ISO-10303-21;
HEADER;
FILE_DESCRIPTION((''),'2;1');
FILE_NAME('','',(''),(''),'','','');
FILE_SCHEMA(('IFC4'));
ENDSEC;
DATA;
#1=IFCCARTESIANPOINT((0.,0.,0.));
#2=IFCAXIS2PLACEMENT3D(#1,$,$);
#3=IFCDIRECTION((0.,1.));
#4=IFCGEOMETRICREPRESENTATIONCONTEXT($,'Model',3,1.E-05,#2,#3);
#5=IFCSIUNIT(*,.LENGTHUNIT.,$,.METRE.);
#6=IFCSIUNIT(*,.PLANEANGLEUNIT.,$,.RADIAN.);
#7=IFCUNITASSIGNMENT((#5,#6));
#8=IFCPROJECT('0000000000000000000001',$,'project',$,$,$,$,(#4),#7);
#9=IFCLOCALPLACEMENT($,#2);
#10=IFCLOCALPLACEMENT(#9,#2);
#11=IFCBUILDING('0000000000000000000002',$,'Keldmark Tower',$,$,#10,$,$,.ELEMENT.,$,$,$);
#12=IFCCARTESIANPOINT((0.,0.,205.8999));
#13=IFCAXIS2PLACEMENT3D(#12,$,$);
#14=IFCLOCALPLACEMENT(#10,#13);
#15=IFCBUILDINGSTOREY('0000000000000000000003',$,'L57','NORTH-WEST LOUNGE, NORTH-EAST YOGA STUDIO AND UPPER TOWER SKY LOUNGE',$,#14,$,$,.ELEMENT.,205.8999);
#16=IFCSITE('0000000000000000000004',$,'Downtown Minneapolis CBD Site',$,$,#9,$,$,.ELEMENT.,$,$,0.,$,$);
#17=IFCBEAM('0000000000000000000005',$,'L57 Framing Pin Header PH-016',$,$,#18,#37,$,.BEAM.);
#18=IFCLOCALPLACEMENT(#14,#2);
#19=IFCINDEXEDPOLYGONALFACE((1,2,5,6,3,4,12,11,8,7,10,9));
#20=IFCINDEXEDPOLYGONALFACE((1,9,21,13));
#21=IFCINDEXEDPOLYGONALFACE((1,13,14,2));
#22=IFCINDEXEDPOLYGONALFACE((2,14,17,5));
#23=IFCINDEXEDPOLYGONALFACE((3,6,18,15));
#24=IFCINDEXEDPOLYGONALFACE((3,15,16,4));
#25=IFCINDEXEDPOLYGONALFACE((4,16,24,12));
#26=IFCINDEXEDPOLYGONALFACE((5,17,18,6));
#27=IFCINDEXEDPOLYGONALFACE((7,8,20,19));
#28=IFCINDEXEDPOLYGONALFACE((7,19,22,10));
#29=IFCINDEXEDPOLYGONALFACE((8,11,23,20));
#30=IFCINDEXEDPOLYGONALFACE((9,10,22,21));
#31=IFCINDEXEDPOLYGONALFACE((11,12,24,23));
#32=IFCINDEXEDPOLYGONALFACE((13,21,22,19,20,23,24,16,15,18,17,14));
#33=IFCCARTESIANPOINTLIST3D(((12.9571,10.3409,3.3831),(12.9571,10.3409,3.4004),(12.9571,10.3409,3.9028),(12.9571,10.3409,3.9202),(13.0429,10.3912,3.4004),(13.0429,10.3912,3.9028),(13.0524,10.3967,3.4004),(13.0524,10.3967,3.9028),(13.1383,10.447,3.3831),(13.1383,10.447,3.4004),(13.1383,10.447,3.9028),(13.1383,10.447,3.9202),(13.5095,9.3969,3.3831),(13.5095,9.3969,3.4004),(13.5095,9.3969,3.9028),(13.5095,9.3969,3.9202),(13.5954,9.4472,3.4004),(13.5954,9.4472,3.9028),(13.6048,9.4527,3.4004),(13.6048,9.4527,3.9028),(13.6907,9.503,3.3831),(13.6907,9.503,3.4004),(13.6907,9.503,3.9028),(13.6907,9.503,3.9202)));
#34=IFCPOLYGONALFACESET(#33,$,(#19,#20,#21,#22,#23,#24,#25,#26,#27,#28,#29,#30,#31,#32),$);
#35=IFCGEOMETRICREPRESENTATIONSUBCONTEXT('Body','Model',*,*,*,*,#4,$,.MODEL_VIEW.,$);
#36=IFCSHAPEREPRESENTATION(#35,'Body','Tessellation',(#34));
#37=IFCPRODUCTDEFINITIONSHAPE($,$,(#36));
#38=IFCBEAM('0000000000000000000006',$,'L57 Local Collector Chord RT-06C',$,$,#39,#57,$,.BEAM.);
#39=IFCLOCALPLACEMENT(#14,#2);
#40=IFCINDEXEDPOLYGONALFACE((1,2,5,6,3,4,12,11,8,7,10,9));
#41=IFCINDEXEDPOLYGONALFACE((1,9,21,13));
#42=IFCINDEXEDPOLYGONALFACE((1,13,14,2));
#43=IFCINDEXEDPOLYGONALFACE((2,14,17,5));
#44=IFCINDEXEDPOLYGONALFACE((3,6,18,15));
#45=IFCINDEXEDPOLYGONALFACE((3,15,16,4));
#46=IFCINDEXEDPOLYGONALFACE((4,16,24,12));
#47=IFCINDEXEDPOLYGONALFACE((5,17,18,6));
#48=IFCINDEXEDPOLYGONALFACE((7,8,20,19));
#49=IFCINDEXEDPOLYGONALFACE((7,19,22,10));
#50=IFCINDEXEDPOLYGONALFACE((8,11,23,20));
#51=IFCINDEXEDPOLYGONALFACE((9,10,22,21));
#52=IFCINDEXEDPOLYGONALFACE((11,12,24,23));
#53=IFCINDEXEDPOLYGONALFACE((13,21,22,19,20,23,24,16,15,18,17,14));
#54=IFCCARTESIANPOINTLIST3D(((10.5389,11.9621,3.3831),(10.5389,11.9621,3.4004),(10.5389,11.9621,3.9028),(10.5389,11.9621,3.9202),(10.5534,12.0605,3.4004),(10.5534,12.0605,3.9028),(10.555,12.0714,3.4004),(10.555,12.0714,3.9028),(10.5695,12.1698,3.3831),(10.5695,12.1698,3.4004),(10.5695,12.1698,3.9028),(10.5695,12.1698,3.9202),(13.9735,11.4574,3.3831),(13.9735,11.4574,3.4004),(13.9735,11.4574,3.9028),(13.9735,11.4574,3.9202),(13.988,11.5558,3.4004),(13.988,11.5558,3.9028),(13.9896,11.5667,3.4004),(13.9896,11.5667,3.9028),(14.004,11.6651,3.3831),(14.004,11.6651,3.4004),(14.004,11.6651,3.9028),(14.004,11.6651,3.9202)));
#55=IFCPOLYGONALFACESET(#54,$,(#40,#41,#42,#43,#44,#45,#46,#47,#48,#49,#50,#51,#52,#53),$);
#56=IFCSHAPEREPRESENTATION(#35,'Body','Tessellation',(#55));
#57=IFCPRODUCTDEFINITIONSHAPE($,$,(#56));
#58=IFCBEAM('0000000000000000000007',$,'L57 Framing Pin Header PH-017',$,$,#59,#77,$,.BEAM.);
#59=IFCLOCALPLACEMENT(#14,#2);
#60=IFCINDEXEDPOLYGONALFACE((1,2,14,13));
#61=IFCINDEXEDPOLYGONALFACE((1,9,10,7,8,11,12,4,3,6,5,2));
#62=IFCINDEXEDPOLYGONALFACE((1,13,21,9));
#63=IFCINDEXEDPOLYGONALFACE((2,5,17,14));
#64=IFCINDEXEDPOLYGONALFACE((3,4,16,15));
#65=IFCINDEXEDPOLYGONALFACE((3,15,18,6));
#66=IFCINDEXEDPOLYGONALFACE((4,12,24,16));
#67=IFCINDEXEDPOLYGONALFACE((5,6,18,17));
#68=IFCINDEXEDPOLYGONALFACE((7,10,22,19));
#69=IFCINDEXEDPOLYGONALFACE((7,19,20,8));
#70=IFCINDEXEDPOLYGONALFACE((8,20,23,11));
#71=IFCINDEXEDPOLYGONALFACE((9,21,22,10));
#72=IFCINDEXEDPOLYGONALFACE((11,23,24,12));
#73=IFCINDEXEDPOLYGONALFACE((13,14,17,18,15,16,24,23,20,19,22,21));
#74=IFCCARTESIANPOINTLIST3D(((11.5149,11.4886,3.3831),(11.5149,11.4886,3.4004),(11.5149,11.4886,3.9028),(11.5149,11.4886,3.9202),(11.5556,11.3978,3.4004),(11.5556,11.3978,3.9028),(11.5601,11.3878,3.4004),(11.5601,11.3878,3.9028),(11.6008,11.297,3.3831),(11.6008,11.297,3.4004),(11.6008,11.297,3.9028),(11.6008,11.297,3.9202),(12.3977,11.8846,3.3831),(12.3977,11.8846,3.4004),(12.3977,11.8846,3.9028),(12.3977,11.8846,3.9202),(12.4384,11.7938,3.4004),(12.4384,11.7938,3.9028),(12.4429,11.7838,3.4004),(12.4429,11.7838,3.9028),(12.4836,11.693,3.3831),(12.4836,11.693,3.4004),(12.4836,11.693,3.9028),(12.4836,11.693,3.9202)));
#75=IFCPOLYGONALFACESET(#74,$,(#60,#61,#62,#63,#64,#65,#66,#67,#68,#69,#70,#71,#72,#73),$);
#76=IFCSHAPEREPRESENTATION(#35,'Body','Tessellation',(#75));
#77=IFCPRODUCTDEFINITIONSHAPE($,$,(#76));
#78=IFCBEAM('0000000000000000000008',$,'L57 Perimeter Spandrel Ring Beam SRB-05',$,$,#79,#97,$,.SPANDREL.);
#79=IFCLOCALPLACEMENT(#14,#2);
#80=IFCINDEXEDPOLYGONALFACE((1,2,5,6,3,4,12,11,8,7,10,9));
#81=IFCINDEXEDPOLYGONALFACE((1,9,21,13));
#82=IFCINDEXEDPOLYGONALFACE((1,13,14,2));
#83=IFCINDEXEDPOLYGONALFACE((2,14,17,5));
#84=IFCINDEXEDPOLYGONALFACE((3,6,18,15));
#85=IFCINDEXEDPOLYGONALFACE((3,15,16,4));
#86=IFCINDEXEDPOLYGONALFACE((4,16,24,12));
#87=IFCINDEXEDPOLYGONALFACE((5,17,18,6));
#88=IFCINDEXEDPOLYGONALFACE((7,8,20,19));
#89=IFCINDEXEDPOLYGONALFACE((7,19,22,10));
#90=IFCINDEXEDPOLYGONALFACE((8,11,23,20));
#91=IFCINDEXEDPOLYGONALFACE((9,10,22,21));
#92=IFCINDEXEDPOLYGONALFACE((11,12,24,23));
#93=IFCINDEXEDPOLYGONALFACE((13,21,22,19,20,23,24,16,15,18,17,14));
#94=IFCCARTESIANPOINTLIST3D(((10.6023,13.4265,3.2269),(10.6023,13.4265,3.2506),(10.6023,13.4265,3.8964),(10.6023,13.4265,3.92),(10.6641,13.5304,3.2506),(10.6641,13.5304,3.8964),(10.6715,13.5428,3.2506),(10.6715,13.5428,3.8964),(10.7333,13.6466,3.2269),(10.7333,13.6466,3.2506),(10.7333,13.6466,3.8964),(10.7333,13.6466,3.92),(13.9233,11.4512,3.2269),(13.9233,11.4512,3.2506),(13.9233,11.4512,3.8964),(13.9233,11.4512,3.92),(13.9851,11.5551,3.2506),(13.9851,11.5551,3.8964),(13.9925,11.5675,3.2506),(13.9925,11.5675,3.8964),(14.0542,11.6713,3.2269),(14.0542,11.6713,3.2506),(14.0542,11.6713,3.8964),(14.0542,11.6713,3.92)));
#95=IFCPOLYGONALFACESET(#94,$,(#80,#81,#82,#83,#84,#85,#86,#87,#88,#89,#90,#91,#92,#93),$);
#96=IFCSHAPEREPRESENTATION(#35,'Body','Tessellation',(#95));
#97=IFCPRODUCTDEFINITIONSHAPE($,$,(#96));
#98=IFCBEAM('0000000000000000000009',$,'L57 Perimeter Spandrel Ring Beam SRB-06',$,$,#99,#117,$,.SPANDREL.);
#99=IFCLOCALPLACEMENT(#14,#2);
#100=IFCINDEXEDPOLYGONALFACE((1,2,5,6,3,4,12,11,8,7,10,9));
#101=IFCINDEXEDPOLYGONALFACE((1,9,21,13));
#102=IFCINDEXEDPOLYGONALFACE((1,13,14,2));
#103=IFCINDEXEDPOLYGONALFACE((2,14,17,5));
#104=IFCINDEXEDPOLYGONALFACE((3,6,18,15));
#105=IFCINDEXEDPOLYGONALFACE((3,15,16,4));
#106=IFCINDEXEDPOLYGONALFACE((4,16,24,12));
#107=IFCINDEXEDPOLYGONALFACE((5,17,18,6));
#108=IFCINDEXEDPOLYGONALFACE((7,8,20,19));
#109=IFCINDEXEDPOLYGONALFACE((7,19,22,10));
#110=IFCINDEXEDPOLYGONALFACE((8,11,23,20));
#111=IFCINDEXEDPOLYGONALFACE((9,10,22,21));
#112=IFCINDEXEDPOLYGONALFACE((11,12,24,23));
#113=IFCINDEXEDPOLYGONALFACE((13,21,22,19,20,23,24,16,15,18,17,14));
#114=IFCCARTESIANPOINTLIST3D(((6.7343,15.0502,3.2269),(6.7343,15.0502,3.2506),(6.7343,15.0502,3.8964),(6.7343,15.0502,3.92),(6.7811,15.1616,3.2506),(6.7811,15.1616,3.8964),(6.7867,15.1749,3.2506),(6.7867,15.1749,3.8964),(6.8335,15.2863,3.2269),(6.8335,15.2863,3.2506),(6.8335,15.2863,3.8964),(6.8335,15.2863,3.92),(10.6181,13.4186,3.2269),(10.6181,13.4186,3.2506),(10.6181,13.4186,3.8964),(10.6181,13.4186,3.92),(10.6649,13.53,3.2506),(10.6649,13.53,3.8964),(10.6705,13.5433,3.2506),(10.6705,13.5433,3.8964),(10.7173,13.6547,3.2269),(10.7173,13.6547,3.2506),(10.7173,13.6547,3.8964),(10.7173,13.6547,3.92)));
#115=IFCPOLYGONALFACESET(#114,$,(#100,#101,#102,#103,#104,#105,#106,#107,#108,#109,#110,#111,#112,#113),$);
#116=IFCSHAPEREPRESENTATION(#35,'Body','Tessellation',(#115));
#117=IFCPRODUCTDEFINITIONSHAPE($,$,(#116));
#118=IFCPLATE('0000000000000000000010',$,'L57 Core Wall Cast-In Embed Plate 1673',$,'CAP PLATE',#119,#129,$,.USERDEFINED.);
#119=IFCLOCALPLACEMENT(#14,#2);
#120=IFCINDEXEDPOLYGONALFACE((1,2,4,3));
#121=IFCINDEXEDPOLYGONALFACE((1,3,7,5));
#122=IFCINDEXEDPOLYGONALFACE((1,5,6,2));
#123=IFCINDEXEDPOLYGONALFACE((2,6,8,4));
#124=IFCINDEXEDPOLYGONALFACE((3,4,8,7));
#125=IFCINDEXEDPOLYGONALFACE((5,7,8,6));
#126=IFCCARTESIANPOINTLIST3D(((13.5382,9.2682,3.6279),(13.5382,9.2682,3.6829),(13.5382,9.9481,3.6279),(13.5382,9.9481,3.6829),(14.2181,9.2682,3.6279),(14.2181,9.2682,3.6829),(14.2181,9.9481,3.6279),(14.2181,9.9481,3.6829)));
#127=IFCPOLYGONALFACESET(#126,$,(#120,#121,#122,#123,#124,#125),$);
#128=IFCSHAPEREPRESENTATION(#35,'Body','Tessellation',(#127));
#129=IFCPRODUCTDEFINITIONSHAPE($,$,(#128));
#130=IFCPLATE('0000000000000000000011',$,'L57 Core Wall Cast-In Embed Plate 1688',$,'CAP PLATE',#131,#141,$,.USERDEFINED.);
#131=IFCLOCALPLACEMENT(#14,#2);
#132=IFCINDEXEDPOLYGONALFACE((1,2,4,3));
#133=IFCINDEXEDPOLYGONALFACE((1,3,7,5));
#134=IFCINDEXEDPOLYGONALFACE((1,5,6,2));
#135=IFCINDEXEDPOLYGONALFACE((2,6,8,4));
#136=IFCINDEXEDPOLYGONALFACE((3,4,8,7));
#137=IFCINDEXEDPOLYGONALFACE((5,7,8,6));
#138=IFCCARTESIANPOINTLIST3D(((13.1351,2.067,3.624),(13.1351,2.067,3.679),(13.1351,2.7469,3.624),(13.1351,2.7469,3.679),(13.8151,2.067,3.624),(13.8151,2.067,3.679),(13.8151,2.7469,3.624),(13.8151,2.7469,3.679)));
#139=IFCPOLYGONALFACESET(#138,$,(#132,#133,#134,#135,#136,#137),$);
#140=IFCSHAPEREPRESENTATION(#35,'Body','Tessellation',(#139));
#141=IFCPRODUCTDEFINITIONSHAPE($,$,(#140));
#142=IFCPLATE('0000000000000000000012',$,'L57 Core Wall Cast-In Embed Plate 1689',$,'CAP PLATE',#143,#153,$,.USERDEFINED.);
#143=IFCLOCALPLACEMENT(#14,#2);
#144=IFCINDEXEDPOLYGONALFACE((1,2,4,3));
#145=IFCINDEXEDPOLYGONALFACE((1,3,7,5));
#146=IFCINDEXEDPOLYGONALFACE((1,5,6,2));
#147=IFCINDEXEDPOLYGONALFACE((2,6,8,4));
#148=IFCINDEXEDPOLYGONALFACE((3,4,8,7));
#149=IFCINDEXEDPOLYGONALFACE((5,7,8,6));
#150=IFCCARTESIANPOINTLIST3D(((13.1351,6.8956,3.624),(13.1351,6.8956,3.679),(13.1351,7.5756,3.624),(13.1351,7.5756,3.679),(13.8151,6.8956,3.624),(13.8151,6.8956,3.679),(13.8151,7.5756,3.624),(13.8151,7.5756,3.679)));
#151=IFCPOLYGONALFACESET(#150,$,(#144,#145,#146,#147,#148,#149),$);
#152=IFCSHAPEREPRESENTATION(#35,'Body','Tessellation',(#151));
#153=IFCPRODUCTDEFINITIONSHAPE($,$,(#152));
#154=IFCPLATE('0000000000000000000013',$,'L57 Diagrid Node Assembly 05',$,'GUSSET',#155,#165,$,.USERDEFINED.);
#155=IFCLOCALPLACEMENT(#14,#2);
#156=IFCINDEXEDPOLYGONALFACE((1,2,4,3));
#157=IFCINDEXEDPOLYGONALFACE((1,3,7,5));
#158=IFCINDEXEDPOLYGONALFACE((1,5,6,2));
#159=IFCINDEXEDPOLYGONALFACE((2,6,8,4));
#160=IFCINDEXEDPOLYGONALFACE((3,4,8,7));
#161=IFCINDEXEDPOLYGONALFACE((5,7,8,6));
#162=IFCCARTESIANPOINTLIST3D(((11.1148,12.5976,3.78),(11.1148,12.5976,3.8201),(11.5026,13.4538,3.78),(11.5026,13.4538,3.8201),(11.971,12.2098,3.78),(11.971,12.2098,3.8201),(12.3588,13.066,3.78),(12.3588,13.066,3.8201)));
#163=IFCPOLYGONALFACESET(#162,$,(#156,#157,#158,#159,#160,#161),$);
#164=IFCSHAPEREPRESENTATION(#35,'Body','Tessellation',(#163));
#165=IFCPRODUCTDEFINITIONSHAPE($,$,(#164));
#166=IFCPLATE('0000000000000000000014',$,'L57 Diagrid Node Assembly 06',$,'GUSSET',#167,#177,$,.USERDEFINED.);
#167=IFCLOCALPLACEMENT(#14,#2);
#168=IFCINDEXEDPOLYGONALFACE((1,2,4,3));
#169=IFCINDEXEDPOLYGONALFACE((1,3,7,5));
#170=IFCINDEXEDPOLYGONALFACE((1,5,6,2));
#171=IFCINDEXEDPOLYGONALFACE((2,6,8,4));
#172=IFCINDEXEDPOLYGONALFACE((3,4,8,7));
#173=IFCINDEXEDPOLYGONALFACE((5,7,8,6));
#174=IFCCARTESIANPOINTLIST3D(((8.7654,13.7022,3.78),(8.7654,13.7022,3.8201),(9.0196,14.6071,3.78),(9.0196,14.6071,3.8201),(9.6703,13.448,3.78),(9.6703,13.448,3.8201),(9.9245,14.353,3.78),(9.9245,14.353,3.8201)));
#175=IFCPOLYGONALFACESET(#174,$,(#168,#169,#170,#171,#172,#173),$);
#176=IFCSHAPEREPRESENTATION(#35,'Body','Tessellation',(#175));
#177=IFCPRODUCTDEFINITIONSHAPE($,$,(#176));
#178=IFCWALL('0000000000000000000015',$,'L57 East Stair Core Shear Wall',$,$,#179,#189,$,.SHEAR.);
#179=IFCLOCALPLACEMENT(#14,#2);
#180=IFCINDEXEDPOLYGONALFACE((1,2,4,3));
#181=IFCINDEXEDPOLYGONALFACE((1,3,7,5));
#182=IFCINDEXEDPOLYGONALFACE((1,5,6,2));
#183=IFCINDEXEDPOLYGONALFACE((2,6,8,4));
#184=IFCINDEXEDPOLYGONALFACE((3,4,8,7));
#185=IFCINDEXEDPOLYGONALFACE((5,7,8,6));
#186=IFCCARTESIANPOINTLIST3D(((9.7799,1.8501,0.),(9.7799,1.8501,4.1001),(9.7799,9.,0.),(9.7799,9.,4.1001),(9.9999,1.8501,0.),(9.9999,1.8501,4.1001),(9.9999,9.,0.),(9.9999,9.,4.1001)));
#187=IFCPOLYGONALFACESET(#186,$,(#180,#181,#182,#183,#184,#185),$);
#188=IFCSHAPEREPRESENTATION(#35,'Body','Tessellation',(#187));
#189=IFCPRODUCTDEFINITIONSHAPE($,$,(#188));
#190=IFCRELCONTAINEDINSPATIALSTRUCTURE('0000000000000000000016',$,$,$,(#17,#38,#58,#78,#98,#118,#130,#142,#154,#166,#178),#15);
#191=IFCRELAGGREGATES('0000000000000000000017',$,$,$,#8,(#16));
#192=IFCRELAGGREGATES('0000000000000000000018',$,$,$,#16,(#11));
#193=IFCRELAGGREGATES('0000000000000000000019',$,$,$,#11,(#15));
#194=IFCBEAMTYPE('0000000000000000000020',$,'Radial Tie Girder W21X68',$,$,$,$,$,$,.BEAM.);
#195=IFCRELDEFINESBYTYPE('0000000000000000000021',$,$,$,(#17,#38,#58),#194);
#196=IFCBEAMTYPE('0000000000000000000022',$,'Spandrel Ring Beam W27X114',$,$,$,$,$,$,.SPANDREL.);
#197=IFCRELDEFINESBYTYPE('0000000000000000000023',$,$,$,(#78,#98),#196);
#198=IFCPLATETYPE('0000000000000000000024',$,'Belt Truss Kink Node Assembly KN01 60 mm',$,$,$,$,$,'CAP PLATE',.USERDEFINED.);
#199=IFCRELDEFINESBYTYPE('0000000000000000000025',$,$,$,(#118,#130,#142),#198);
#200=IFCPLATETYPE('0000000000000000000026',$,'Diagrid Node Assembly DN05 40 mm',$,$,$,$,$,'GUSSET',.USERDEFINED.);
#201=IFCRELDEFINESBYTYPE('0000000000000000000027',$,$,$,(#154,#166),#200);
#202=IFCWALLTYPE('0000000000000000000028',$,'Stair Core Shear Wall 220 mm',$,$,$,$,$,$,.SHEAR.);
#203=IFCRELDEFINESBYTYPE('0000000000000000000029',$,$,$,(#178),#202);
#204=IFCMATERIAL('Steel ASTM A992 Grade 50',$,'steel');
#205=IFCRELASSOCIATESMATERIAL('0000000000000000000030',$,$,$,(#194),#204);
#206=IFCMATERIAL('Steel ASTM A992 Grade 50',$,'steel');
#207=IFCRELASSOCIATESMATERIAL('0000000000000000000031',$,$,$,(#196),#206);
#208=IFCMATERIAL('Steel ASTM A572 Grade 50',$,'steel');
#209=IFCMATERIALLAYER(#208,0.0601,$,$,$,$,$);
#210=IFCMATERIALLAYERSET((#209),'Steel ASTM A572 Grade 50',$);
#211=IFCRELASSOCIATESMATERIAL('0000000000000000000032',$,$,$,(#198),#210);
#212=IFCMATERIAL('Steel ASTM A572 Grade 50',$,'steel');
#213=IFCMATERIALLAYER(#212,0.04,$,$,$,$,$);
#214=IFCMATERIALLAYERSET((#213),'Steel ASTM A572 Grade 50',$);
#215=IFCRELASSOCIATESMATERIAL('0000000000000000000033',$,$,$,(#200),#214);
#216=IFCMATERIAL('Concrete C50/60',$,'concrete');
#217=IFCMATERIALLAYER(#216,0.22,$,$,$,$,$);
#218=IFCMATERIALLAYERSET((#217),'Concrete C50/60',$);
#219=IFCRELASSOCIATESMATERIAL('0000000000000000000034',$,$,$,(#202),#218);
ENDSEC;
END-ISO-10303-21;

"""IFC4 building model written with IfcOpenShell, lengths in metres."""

from ifc_helpers import new_model, si_unit, direction, frame, frame_2d, origin, origin_2d, place, context, subcontext, project, spatial, rectangle, i_section, extrude, material, layer, layer_set, material_profile, profile_set, type_object, element, save


model = new_model("IFC4")

# Units and contexts
model_context = context("Model", 3, precision=1e-05, world=origin(), true_north=direction((0.0, 1.0)))
body_context = subcontext(model_context, "Body", "Model", "MODEL_VIEW")
ifc_project = project(units=[si_unit("LENGTHUNIT", "METRE"), si_unit("PLANEANGLEUNIT", "RADIAN")], contexts=[model_context])

# Site, building, storey
site_placement = place(None, origin())
site = spatial("IfcSite", under=ifc_project, at=site_placement, Name="Downtown Minneapolis CBD Site", CompositionType="ELEMENT", RefElevation=0.0)
building_placement = place(site_placement, origin())
building = spatial("IfcBuilding", under=site, at=building_placement, Name="Keldmark Tower", CompositionType="ELEMENT")
storey_placement = place(building_placement, frame((0.0, 0.0, 205.8999)))
storey = spatial("IfcBuildingStorey", under=building, at=storey_placement, Name="L57", Description="NORTH-WEST LOUNGE, NORTH-EAST YOGA STUDIO AND UPPER TOWER SKY LOUNGE", CompositionType="ELEMENT", Elevation=205.8999)

# Beams
ifc_material_1 = material(Name="Steel ASTM A992 Grade 50", Category="steel")
ifc_material_profile_1 = material_profile(ifc_material_1, i_section(OverallWidth=0.21, OverallDepth=0.5371, WebThickness=0.011, FlangeThickness=0.0173, at=origin_2d()), Name="W21X68")
ifc_profile_set_1 = profile_set([ifc_material_profile_1], Name="Steel ASTM A992 Grade 50")
beam_type_1 = type_object("IfcBeamType", Name="Radial Tie Girder W21X68", PredefinedType="BEAM", material=ifc_profile_set_1)
beam_1_placement = place(storey_placement, frame((13.6001, 9.45, 3.6516), z_axis=(-0.505078, 0.863074, 0.0), x_axis=(-0.863074, -0.505078, 0.0)))
element("IfcBeam", 1, at=beam_1_placement, inside=storey, type_object=beam_type_1, Name="L57 Framing Pin Header PH-016", PredefinedType="BEAM", context=body_context, shape_type="SweptSolid", body=[
    extrude(i_section(OverallWidth=0.21, OverallDepth=0.5371, WebThickness=0.011, FlangeThickness=0.0173, at=origin_2d()), origin(), (0.0, 0.0, 1.0), 1.0938),
])
beam_2_placement = place(storey_placement, frame((13.9888, 11.5613, 3.6516), z_axis=(-0.989378, 0.145368, 0.0), x_axis=(-0.145368, -0.989378, 0.0)))
element("IfcBeam", 2, at=beam_2_placement, inside=storey, type_object=beam_type_1, Name="L57 Local Collector Chord RT-06C", PredefinedType="BEAM", context=body_context, shape_type="SweptSolid", body=[
    extrude(i_section(OverallWidth=0.21, OverallDepth=0.5371, WebThickness=0.011, FlangeThickness=0.0173, at=origin_2d()), origin(), (0.0, 0.0, 1.0), 3.4714),
])
beam_3_placement = place(storey_placement, frame((11.5579, 11.3928, 3.6516), z_axis=(0.912412, 0.409273, 0.0), x_axis=(-0.409273, 0.912412, 0.0)))
element("IfcBeam", 3, at=beam_3_placement, inside=storey, type_object=beam_type_1, Name="L57 Framing Pin Header PH-017", PredefinedType="BEAM", context=body_context, shape_type="SweptSolid", body=[
    extrude(i_section(OverallWidth=0.21, OverallDepth=0.5371, WebThickness=0.011, FlangeThickness=0.0173, at=origin_2d()), origin(), (0.0, 0.0, 1.0), 0.9675),
])
ifc_material_2 = material(Name="Steel ASTM A992 Grade 50", Category="steel")
ifc_material_profile_2 = material_profile(ifc_material_2, i_section(OverallWidth=0.2561, OverallDepth=0.6931, WebThickness=0.0144, FlangeThickness=0.0237, at=origin_2d()), Name="W27X114")
ifc_profile_set_2 = profile_set([ifc_material_profile_2], Name="Steel ASTM A992 Grade 50")
beam_type_2 = type_object("IfcBeamType", Name="Spandrel Ring Beam W27X114", PredefinedType="SPANDREL", material=ifc_profile_set_2)
beam_4_placement = place(storey_placement, frame((13.9888, 11.5613, 3.5735), z_axis=(-0.85946, 0.511203, 0.0), x_axis=(-0.511203, -0.85946, 0.0)))
element("IfcBeam", 4, at=beam_4_placement, inside=storey, type_object=beam_type_2, Name="L57 Perimeter Spandrel Ring Beam SRB-05", PredefinedType="SPANDREL", context=body_context, shape_type="SweptSolid", body=[
    extrude(i_section(OverallWidth=0.2561, OverallDepth=0.6931, WebThickness=0.0144, FlangeThickness=0.0237, at=origin_2d()), origin(), (0.0, 0.0, 1.0), 3.864),
])
beam_5_placement = place(storey_placement, frame((10.6677, 13.5366, 3.5735), z_axis=(-0.921948, 0.387313, 0.0), x_axis=(-0.387313, -0.921948, 0.0)))
element("IfcBeam", 5, at=beam_5_placement, inside=storey, type_object=beam_type_2, Name="L57 Perimeter Spandrel Ring Beam SRB-06", PredefinedType="SPANDREL", context=body_context, shape_type="SweptSolid", body=[
    extrude(i_section(OverallWidth=0.2561, OverallDepth=0.6931, WebThickness=0.0144, FlangeThickness=0.0237, at=origin_2d()), origin(), (0.0, 0.0, 1.0), 4.2126),
])

# Plates
ifc_material_3 = material(Name="Steel ASTM A572 Grade 50", Category="steel")
ifc_layer_1 = layer(ifc_material_3, 0.0601)
ifc_layer_set_1 = layer_set([ifc_layer_1], Name="Steel ASTM A572 Grade 50")
plate_type_1 = type_object("IfcPlateType", Name="Belt Truss Kink Node Assembly KN01 60 mm", ElementType="CAP PLATE", PredefinedType="USERDEFINED", material=ifc_layer_set_1)
for number, where, z_axis, x_axis, name in (
    (6, (13.8782, 9.6082, 3.6279), (0.0, 0.0, 1.0), (1.0, 0.0, 0.0), "L57 Core Wall Cast-In Embed Plate 1673"),
    (7, (13.4751, 2.407, 3.624), (0.0, 0.0, 1.0), (1.0, 0.0, 0.0), "L57 Core Wall Cast-In Embed Plate 1688"),
    (8, (13.4751, 7.2356, 3.624), (0.0, 0.0, 1.0), (1.0, 0.0, 0.0), "L57 Core Wall Cast-In Embed Plate 1689"),
):
    element("IfcPlate", number, at=place(storey_placement, frame(where, z_axis=z_axis, x_axis=x_axis)), inside=storey, type_object=plate_type_1, Name=name, ObjectType="CAP PLATE", PredefinedType="USERDEFINED", context=body_context, shape_type="SweptSolid", body=[
        extrude(rectangle(XDim=0.6799, YDim=0.6799, at=origin_2d()), origin(), (0.0, 0.0, 1.0), 0.0549),
    ])
ifc_material_4 = material(Name="Steel ASTM A572 Grade 50", Category="steel")
ifc_layer_2 = layer(ifc_material_4, 0.04)
ifc_layer_set_2 = layer_set([ifc_layer_2], Name="Steel ASTM A572 Grade 50")
plate_type_2 = type_object("IfcPlateType", Name="Diagrid Node Assembly DN05 40 mm", ElementType="GUSSET", PredefinedType="USERDEFINED", material=ifc_layer_set_2)
for number, where, z_axis, x_axis, name in (
    (9, (11.7368, 12.8318, 3.78), (0.0, 0.0, 1.0), (-0.9109, 0.412628, 0.0), "L57 Diagrid Node Assembly 05"),
    (10, (9.345, 14.0276, 3.78), (0.0, 0.0, 1.0), (-0.962739, 0.270432, 0.0), "L57 Diagrid Node Assembly 06"),
):
    element("IfcPlate", number, at=place(storey_placement, frame(where, z_axis=z_axis, x_axis=x_axis)), inside=storey, type_object=plate_type_2, Name=name, ObjectType="GUSSET", PredefinedType="USERDEFINED", context=body_context, shape_type="SweptSolid", body=[
        extrude(rectangle(XDim=0.9399, YDim=0.9399, at=origin_2d()), origin(), (0.0, 0.0, 1.0), 0.04),
    ])

# Wall
ifc_material_5 = material(Name="Concrete C50/60", Category="concrete")
ifc_layer_3 = layer(ifc_material_5, 0.22)
ifc_layer_set_3 = layer_set([ifc_layer_3], Name="Concrete C50/60")
wall_type_1 = type_object("IfcWallType", Name="Stair Core Shear Wall 220 mm", PredefinedType="SHEAR", material=ifc_layer_set_3)
wall_1_placement = place(storey_placement, frame((9.8899, 1.8501, 0.0), z_axis=(0.0, 0.0, 1.0), x_axis=(0.0, 1.0, 0.0)))
element("IfcWall", 11, at=wall_1_placement, inside=storey, type_object=wall_type_1, Name="L57 East Stair Core Shear Wall", PredefinedType="SHEAR", context=body_context, shape_type="SweptSolid", body=[
    extrude(rectangle(XDim=7.1499, YDim=0.22, at=frame_2d((3.575, 0.0))), origin(), (0.0, 0.0, 1.0), 4.1001),
])

save(model, "model.ifc")
